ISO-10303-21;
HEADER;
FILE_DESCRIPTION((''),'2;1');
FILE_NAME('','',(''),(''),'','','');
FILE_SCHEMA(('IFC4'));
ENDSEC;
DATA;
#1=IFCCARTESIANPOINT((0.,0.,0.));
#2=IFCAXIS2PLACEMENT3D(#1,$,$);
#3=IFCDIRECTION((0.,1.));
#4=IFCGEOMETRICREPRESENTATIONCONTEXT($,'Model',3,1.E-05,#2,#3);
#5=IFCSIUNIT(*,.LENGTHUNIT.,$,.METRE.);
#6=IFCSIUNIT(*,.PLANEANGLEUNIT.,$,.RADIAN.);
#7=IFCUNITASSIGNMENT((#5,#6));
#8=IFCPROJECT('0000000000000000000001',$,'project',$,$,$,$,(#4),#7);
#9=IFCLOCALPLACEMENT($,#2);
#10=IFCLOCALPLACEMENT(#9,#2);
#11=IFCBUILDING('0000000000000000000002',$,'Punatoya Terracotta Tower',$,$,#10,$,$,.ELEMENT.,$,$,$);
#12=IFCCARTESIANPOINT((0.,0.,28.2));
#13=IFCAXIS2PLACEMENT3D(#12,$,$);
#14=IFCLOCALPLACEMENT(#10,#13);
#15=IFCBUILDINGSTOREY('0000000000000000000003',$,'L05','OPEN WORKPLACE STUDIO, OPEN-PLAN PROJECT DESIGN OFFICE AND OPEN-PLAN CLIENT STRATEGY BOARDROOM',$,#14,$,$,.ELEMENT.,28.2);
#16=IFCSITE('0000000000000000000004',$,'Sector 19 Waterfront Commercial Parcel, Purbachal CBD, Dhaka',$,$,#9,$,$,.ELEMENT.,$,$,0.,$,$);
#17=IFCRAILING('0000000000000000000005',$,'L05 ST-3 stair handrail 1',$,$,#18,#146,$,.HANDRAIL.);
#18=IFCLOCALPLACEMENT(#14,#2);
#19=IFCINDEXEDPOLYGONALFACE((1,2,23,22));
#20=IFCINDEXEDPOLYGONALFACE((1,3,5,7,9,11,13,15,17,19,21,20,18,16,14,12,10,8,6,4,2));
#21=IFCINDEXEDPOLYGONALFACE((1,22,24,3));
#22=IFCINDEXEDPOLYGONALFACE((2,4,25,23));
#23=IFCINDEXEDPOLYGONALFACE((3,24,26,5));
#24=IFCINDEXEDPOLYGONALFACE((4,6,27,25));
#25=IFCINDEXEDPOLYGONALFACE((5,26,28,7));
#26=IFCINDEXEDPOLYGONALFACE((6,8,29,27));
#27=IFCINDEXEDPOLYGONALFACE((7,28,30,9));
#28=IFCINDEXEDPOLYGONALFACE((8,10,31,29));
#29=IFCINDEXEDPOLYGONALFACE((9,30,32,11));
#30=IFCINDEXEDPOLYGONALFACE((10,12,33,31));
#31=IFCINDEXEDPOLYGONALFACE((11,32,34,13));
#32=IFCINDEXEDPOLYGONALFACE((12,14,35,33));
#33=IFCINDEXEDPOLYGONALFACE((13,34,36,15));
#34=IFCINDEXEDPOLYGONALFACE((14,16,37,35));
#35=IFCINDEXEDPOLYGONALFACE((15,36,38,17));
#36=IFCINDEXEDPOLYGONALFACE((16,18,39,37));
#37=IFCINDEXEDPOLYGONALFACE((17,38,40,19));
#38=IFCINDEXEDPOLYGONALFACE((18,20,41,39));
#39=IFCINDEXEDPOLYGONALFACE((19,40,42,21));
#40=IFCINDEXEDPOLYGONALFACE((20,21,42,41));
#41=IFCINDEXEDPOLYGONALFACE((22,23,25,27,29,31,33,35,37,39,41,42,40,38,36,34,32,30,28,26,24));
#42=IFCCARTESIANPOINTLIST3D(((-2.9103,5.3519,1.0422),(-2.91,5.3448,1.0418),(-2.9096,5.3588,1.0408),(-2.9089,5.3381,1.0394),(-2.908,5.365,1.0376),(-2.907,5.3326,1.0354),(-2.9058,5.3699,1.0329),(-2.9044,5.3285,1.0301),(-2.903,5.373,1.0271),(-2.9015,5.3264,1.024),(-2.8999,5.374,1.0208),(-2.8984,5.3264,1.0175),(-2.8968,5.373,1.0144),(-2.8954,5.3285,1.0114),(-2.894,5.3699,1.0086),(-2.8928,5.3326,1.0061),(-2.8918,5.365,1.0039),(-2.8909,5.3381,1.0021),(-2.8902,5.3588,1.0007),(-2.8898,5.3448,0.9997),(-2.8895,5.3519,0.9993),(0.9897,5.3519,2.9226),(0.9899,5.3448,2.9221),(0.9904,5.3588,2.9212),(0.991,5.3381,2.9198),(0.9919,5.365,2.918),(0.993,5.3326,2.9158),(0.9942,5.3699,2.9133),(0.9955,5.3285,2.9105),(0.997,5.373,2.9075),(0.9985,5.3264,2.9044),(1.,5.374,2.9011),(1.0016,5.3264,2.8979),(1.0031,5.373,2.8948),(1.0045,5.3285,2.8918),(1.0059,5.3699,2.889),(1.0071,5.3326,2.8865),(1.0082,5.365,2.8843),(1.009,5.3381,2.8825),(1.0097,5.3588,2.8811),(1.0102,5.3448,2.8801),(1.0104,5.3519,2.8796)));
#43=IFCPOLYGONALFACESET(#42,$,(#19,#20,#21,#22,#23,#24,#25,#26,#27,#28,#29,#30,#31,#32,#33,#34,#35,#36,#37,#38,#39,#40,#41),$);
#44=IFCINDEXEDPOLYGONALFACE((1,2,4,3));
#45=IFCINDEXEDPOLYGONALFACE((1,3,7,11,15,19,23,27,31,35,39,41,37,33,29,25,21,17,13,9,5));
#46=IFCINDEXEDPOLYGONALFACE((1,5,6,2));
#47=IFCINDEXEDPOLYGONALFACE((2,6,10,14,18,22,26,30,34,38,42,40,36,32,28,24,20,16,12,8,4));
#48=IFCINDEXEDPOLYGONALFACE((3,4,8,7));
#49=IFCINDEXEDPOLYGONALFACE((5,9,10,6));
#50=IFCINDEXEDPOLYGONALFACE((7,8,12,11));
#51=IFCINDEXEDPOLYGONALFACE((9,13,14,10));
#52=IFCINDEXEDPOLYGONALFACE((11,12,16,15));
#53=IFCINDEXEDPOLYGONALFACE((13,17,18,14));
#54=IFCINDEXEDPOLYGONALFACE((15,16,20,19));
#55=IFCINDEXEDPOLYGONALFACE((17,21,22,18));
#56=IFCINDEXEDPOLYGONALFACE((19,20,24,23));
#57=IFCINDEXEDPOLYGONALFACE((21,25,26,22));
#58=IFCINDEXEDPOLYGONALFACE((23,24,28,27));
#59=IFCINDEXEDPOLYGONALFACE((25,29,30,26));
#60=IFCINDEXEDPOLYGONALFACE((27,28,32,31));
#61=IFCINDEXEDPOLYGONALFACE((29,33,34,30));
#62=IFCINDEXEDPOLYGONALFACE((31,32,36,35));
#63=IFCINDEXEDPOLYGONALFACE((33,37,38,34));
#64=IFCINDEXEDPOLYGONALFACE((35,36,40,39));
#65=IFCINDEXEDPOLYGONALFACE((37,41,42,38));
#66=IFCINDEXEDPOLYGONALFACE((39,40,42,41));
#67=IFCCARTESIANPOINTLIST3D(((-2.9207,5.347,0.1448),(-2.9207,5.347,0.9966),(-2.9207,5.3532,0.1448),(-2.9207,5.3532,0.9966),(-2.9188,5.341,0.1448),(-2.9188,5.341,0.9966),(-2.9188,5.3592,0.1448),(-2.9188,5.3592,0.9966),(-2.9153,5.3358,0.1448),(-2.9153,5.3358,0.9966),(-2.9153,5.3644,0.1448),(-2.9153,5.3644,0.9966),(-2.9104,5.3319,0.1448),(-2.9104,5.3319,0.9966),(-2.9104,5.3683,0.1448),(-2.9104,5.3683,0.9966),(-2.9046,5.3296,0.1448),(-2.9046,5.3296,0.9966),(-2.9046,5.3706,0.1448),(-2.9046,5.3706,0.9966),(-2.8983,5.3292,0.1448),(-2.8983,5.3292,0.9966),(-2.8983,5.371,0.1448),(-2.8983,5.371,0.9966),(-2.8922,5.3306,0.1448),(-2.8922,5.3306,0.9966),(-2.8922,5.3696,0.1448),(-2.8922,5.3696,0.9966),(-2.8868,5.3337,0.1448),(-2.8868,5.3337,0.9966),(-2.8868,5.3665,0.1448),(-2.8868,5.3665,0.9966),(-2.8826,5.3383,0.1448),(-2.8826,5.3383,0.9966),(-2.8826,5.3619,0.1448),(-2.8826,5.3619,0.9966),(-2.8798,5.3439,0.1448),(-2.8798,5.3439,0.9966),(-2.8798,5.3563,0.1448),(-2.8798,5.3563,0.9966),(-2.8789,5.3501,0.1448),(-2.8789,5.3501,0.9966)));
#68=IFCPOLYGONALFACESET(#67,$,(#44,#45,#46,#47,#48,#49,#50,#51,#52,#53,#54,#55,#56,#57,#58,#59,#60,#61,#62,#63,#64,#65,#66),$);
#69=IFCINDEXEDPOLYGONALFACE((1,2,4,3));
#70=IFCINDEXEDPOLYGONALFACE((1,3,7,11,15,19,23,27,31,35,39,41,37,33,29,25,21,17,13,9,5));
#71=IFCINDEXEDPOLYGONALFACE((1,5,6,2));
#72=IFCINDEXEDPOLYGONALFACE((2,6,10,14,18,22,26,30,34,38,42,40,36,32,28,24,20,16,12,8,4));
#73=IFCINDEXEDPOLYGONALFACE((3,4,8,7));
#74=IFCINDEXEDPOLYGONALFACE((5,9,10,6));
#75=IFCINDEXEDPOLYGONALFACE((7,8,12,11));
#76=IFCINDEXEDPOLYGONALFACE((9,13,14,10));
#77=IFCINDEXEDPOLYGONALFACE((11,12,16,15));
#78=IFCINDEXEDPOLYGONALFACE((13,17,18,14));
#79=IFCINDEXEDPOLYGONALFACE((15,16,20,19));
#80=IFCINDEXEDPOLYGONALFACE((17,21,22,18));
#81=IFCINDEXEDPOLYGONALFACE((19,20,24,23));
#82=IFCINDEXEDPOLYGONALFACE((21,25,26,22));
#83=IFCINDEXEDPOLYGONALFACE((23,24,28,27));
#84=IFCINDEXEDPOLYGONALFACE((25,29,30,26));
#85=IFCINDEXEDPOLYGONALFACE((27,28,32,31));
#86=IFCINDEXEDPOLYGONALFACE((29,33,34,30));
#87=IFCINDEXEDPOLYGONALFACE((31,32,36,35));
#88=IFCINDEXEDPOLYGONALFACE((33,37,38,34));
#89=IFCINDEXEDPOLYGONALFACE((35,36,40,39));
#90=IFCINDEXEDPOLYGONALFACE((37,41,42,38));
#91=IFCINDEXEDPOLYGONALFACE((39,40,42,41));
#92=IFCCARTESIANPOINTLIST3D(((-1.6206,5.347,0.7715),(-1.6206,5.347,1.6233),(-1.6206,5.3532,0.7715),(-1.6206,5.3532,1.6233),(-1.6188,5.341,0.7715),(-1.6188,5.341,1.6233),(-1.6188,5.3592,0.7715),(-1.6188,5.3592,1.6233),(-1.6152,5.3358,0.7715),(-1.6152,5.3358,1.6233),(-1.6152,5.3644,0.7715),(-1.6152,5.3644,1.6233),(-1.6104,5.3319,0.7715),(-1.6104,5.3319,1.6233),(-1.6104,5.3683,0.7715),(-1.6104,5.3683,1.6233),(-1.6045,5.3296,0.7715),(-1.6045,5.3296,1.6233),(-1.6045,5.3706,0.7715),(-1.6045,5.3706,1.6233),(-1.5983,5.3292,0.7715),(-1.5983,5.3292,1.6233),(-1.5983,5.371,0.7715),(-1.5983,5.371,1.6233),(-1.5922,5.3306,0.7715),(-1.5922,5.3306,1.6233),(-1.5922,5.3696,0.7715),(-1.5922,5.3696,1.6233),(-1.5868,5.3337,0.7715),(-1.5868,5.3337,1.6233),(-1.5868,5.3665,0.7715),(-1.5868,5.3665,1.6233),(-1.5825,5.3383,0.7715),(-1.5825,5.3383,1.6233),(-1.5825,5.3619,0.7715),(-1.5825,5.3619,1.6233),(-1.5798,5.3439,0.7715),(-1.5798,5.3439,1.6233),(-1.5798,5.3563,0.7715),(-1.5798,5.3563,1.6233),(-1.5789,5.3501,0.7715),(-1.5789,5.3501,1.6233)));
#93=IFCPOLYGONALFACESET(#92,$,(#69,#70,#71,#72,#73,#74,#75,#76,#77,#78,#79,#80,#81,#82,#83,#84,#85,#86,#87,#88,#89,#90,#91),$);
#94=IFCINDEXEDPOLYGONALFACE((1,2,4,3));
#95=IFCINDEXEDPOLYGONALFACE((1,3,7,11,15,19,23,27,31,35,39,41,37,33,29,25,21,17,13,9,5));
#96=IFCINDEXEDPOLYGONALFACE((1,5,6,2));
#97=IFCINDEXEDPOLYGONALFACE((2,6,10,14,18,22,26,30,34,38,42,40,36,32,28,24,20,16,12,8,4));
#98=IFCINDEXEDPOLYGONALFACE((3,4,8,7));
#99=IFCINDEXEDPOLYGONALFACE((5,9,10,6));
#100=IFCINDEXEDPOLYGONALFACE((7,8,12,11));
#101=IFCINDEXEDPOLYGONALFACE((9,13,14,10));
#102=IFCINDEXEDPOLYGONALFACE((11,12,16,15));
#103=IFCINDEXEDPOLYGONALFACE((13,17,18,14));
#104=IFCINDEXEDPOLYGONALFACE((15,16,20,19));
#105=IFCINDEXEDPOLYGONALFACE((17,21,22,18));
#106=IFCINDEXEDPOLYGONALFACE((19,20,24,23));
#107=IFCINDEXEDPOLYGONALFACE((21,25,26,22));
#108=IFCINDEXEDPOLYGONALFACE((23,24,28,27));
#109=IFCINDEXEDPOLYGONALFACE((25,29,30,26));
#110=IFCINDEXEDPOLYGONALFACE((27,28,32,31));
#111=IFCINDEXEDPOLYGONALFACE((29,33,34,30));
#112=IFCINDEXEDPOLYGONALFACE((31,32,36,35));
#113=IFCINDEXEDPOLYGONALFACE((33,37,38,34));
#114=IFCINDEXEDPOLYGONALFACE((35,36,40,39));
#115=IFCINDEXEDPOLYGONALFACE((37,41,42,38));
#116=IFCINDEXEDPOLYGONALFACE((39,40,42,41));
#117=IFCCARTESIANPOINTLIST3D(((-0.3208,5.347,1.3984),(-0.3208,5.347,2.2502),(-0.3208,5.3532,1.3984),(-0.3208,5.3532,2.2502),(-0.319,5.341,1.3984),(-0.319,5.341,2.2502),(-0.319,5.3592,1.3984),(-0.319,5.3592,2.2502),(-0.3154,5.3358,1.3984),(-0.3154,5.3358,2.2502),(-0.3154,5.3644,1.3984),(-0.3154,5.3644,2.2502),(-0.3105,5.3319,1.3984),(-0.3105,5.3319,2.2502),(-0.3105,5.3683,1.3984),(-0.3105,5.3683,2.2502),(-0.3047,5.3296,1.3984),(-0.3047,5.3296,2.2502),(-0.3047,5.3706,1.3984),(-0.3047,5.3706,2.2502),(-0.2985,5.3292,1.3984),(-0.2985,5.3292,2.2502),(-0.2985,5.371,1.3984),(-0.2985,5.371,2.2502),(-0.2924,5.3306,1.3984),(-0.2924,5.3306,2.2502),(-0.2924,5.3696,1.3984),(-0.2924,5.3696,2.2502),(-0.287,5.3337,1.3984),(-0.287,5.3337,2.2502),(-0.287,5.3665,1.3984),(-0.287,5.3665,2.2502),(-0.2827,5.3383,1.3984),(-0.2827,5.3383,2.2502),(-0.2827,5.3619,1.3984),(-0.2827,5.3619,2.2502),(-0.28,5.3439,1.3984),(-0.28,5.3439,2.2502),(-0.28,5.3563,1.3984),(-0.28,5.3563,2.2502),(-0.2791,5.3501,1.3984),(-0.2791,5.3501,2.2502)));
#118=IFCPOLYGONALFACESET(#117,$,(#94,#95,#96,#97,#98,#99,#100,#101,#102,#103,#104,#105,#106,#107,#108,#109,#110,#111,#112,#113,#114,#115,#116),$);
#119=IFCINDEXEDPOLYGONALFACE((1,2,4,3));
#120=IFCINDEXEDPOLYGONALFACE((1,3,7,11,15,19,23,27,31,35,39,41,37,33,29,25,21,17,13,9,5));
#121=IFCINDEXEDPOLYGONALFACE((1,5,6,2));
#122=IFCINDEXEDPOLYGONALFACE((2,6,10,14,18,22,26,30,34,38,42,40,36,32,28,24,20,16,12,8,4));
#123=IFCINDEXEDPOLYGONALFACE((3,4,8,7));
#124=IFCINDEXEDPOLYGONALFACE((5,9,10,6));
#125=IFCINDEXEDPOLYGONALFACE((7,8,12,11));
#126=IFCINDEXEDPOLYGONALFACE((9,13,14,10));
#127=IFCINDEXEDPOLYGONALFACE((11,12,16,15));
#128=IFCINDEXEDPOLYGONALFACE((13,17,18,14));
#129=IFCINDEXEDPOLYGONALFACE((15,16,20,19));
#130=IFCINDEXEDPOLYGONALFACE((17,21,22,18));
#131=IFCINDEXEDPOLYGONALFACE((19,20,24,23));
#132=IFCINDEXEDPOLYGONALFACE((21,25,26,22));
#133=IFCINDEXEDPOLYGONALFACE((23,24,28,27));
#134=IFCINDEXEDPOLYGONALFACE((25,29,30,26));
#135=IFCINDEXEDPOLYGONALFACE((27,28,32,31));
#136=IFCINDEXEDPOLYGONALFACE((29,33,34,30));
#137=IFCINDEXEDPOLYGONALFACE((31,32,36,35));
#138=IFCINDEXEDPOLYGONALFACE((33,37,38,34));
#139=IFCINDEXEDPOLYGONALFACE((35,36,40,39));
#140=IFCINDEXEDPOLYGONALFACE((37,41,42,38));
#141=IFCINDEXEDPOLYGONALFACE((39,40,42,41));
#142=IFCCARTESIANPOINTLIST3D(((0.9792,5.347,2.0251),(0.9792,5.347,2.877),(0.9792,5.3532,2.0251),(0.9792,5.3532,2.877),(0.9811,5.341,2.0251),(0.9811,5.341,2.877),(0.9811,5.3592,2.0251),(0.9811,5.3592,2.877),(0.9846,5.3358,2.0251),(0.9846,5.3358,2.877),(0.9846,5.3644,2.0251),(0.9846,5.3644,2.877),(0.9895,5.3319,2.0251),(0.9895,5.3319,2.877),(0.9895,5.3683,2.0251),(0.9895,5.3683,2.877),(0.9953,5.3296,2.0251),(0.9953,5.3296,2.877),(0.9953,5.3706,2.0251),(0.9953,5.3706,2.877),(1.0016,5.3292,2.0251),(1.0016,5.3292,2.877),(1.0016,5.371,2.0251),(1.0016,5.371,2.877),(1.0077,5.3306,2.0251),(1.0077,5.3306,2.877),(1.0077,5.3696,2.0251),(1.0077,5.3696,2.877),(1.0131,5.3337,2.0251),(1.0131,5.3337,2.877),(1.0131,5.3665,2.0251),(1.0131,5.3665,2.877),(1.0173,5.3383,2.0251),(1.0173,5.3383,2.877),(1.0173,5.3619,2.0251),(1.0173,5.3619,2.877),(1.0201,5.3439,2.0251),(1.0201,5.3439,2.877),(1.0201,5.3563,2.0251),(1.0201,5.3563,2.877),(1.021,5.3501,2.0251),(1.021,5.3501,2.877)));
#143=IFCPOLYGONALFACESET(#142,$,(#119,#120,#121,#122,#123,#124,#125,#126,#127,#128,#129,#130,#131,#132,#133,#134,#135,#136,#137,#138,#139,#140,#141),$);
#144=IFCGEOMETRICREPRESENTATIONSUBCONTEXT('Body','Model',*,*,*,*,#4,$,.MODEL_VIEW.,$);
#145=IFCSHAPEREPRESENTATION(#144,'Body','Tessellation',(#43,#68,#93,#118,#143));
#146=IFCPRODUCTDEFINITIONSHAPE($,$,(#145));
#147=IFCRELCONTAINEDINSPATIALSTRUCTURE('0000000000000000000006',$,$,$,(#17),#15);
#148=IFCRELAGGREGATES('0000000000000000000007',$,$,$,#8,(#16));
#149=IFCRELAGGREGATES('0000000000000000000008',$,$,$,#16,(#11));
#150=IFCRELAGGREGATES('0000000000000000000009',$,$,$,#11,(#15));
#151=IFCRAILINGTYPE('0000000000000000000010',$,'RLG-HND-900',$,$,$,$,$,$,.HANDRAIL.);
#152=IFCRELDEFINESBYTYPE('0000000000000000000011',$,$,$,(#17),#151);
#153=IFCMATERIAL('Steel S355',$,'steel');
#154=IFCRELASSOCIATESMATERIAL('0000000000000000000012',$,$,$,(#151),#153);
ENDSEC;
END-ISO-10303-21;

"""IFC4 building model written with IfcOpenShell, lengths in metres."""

from ifc_helpers import new_model, si_unit, direction, frame, origin, origin_2d, place, context, subcontext, project, spatial, circle, extrude, material, type_object, element, save


model = new_model("IFC4")

# Units and contexts
model_context = context("Model", 3, precision=1e-05, world=origin(), true_north=direction((0.0, 1.0)))
body_context = subcontext(model_context, "Body", "Model", "MODEL_VIEW")
ifc_project = project(units=[si_unit("LENGTHUNIT", "METRE"), si_unit("PLANEANGLEUNIT", "RADIAN")], contexts=[model_context])

# Site, building, storey
site_placement = place(None, origin())
site = spatial("IfcSite", under=ifc_project, at=site_placement, Name="Sector 19 Waterfront Commercial Parcel, Purbachal CBD, Dhaka", CompositionType="ELEMENT", RefElevation=0.0)
building_placement = place(site_placement, origin())
building = spatial("IfcBuilding", under=site, at=building_placement, Name="Punatoya Terracotta Tower", CompositionType="ELEMENT")
storey_placement = place(building_placement, frame((0.0, 0.0, 28.2)))
storey = spatial("IfcBuildingStorey", under=building, at=storey_placement, Name="L05", Description="OPEN WORKPLACE STUDIO, OPEN-PLAN PROJECT DESIGN OFFICE AND OPEN-PLAN CLIENT STRATEGY BOARDROOM", CompositionType="ELEMENT", Elevation=28.2)

# Shared definitions
ifc_material_1 = material(Name="Steel S355", Category="steel")

# Railing
railing_type_1 = type_object("IfcRailingType", Name="RLG-HND-900", PredefinedType="HANDRAIL", material=ifc_material_1)
railing_1_placement = place(storey_placement, frame((-2.8999, 5.3501, 0.1448)))
element("IfcRailing", 1, at=railing_1_placement, inside=storey, type_object=railing_type_1, Name="L05 ST-3 stair handrail 1", PredefinedType="HANDRAIL", context=body_context, shape_type="SweptSolid", body=[
    extrude(circle(Radius=0.0239, at=origin_2d()), frame((0.0, 0.0, 0.876), z_axis=(0.900763, 0.0, 0.434311), x_axis=(0.0, 1.0, 0.0)), (0.0, 0.0, 1.0), 4.3296),
    extrude(circle(Radius=0.021, at=origin_2d()), origin(), (0.0, 0.0, 1.0), 0.8518),
    extrude(circle(Radius=0.021, at=origin_2d()), frame((1.3, 0.0, 0.6267)), (0.0, 0.0, 1.0), 0.8518),
    extrude(circle(Radius=0.021, at=origin_2d()), frame((2.5999, 0.0, 1.2537)), (0.0, 0.0, 1.0), 0.8518),
    extrude(circle(Radius=0.021, at=origin_2d()), frame((3.8999, 0.0, 1.8804)), (0.0, 0.0, 1.0), 0.8518),
])

save(model, "model.ifc")
